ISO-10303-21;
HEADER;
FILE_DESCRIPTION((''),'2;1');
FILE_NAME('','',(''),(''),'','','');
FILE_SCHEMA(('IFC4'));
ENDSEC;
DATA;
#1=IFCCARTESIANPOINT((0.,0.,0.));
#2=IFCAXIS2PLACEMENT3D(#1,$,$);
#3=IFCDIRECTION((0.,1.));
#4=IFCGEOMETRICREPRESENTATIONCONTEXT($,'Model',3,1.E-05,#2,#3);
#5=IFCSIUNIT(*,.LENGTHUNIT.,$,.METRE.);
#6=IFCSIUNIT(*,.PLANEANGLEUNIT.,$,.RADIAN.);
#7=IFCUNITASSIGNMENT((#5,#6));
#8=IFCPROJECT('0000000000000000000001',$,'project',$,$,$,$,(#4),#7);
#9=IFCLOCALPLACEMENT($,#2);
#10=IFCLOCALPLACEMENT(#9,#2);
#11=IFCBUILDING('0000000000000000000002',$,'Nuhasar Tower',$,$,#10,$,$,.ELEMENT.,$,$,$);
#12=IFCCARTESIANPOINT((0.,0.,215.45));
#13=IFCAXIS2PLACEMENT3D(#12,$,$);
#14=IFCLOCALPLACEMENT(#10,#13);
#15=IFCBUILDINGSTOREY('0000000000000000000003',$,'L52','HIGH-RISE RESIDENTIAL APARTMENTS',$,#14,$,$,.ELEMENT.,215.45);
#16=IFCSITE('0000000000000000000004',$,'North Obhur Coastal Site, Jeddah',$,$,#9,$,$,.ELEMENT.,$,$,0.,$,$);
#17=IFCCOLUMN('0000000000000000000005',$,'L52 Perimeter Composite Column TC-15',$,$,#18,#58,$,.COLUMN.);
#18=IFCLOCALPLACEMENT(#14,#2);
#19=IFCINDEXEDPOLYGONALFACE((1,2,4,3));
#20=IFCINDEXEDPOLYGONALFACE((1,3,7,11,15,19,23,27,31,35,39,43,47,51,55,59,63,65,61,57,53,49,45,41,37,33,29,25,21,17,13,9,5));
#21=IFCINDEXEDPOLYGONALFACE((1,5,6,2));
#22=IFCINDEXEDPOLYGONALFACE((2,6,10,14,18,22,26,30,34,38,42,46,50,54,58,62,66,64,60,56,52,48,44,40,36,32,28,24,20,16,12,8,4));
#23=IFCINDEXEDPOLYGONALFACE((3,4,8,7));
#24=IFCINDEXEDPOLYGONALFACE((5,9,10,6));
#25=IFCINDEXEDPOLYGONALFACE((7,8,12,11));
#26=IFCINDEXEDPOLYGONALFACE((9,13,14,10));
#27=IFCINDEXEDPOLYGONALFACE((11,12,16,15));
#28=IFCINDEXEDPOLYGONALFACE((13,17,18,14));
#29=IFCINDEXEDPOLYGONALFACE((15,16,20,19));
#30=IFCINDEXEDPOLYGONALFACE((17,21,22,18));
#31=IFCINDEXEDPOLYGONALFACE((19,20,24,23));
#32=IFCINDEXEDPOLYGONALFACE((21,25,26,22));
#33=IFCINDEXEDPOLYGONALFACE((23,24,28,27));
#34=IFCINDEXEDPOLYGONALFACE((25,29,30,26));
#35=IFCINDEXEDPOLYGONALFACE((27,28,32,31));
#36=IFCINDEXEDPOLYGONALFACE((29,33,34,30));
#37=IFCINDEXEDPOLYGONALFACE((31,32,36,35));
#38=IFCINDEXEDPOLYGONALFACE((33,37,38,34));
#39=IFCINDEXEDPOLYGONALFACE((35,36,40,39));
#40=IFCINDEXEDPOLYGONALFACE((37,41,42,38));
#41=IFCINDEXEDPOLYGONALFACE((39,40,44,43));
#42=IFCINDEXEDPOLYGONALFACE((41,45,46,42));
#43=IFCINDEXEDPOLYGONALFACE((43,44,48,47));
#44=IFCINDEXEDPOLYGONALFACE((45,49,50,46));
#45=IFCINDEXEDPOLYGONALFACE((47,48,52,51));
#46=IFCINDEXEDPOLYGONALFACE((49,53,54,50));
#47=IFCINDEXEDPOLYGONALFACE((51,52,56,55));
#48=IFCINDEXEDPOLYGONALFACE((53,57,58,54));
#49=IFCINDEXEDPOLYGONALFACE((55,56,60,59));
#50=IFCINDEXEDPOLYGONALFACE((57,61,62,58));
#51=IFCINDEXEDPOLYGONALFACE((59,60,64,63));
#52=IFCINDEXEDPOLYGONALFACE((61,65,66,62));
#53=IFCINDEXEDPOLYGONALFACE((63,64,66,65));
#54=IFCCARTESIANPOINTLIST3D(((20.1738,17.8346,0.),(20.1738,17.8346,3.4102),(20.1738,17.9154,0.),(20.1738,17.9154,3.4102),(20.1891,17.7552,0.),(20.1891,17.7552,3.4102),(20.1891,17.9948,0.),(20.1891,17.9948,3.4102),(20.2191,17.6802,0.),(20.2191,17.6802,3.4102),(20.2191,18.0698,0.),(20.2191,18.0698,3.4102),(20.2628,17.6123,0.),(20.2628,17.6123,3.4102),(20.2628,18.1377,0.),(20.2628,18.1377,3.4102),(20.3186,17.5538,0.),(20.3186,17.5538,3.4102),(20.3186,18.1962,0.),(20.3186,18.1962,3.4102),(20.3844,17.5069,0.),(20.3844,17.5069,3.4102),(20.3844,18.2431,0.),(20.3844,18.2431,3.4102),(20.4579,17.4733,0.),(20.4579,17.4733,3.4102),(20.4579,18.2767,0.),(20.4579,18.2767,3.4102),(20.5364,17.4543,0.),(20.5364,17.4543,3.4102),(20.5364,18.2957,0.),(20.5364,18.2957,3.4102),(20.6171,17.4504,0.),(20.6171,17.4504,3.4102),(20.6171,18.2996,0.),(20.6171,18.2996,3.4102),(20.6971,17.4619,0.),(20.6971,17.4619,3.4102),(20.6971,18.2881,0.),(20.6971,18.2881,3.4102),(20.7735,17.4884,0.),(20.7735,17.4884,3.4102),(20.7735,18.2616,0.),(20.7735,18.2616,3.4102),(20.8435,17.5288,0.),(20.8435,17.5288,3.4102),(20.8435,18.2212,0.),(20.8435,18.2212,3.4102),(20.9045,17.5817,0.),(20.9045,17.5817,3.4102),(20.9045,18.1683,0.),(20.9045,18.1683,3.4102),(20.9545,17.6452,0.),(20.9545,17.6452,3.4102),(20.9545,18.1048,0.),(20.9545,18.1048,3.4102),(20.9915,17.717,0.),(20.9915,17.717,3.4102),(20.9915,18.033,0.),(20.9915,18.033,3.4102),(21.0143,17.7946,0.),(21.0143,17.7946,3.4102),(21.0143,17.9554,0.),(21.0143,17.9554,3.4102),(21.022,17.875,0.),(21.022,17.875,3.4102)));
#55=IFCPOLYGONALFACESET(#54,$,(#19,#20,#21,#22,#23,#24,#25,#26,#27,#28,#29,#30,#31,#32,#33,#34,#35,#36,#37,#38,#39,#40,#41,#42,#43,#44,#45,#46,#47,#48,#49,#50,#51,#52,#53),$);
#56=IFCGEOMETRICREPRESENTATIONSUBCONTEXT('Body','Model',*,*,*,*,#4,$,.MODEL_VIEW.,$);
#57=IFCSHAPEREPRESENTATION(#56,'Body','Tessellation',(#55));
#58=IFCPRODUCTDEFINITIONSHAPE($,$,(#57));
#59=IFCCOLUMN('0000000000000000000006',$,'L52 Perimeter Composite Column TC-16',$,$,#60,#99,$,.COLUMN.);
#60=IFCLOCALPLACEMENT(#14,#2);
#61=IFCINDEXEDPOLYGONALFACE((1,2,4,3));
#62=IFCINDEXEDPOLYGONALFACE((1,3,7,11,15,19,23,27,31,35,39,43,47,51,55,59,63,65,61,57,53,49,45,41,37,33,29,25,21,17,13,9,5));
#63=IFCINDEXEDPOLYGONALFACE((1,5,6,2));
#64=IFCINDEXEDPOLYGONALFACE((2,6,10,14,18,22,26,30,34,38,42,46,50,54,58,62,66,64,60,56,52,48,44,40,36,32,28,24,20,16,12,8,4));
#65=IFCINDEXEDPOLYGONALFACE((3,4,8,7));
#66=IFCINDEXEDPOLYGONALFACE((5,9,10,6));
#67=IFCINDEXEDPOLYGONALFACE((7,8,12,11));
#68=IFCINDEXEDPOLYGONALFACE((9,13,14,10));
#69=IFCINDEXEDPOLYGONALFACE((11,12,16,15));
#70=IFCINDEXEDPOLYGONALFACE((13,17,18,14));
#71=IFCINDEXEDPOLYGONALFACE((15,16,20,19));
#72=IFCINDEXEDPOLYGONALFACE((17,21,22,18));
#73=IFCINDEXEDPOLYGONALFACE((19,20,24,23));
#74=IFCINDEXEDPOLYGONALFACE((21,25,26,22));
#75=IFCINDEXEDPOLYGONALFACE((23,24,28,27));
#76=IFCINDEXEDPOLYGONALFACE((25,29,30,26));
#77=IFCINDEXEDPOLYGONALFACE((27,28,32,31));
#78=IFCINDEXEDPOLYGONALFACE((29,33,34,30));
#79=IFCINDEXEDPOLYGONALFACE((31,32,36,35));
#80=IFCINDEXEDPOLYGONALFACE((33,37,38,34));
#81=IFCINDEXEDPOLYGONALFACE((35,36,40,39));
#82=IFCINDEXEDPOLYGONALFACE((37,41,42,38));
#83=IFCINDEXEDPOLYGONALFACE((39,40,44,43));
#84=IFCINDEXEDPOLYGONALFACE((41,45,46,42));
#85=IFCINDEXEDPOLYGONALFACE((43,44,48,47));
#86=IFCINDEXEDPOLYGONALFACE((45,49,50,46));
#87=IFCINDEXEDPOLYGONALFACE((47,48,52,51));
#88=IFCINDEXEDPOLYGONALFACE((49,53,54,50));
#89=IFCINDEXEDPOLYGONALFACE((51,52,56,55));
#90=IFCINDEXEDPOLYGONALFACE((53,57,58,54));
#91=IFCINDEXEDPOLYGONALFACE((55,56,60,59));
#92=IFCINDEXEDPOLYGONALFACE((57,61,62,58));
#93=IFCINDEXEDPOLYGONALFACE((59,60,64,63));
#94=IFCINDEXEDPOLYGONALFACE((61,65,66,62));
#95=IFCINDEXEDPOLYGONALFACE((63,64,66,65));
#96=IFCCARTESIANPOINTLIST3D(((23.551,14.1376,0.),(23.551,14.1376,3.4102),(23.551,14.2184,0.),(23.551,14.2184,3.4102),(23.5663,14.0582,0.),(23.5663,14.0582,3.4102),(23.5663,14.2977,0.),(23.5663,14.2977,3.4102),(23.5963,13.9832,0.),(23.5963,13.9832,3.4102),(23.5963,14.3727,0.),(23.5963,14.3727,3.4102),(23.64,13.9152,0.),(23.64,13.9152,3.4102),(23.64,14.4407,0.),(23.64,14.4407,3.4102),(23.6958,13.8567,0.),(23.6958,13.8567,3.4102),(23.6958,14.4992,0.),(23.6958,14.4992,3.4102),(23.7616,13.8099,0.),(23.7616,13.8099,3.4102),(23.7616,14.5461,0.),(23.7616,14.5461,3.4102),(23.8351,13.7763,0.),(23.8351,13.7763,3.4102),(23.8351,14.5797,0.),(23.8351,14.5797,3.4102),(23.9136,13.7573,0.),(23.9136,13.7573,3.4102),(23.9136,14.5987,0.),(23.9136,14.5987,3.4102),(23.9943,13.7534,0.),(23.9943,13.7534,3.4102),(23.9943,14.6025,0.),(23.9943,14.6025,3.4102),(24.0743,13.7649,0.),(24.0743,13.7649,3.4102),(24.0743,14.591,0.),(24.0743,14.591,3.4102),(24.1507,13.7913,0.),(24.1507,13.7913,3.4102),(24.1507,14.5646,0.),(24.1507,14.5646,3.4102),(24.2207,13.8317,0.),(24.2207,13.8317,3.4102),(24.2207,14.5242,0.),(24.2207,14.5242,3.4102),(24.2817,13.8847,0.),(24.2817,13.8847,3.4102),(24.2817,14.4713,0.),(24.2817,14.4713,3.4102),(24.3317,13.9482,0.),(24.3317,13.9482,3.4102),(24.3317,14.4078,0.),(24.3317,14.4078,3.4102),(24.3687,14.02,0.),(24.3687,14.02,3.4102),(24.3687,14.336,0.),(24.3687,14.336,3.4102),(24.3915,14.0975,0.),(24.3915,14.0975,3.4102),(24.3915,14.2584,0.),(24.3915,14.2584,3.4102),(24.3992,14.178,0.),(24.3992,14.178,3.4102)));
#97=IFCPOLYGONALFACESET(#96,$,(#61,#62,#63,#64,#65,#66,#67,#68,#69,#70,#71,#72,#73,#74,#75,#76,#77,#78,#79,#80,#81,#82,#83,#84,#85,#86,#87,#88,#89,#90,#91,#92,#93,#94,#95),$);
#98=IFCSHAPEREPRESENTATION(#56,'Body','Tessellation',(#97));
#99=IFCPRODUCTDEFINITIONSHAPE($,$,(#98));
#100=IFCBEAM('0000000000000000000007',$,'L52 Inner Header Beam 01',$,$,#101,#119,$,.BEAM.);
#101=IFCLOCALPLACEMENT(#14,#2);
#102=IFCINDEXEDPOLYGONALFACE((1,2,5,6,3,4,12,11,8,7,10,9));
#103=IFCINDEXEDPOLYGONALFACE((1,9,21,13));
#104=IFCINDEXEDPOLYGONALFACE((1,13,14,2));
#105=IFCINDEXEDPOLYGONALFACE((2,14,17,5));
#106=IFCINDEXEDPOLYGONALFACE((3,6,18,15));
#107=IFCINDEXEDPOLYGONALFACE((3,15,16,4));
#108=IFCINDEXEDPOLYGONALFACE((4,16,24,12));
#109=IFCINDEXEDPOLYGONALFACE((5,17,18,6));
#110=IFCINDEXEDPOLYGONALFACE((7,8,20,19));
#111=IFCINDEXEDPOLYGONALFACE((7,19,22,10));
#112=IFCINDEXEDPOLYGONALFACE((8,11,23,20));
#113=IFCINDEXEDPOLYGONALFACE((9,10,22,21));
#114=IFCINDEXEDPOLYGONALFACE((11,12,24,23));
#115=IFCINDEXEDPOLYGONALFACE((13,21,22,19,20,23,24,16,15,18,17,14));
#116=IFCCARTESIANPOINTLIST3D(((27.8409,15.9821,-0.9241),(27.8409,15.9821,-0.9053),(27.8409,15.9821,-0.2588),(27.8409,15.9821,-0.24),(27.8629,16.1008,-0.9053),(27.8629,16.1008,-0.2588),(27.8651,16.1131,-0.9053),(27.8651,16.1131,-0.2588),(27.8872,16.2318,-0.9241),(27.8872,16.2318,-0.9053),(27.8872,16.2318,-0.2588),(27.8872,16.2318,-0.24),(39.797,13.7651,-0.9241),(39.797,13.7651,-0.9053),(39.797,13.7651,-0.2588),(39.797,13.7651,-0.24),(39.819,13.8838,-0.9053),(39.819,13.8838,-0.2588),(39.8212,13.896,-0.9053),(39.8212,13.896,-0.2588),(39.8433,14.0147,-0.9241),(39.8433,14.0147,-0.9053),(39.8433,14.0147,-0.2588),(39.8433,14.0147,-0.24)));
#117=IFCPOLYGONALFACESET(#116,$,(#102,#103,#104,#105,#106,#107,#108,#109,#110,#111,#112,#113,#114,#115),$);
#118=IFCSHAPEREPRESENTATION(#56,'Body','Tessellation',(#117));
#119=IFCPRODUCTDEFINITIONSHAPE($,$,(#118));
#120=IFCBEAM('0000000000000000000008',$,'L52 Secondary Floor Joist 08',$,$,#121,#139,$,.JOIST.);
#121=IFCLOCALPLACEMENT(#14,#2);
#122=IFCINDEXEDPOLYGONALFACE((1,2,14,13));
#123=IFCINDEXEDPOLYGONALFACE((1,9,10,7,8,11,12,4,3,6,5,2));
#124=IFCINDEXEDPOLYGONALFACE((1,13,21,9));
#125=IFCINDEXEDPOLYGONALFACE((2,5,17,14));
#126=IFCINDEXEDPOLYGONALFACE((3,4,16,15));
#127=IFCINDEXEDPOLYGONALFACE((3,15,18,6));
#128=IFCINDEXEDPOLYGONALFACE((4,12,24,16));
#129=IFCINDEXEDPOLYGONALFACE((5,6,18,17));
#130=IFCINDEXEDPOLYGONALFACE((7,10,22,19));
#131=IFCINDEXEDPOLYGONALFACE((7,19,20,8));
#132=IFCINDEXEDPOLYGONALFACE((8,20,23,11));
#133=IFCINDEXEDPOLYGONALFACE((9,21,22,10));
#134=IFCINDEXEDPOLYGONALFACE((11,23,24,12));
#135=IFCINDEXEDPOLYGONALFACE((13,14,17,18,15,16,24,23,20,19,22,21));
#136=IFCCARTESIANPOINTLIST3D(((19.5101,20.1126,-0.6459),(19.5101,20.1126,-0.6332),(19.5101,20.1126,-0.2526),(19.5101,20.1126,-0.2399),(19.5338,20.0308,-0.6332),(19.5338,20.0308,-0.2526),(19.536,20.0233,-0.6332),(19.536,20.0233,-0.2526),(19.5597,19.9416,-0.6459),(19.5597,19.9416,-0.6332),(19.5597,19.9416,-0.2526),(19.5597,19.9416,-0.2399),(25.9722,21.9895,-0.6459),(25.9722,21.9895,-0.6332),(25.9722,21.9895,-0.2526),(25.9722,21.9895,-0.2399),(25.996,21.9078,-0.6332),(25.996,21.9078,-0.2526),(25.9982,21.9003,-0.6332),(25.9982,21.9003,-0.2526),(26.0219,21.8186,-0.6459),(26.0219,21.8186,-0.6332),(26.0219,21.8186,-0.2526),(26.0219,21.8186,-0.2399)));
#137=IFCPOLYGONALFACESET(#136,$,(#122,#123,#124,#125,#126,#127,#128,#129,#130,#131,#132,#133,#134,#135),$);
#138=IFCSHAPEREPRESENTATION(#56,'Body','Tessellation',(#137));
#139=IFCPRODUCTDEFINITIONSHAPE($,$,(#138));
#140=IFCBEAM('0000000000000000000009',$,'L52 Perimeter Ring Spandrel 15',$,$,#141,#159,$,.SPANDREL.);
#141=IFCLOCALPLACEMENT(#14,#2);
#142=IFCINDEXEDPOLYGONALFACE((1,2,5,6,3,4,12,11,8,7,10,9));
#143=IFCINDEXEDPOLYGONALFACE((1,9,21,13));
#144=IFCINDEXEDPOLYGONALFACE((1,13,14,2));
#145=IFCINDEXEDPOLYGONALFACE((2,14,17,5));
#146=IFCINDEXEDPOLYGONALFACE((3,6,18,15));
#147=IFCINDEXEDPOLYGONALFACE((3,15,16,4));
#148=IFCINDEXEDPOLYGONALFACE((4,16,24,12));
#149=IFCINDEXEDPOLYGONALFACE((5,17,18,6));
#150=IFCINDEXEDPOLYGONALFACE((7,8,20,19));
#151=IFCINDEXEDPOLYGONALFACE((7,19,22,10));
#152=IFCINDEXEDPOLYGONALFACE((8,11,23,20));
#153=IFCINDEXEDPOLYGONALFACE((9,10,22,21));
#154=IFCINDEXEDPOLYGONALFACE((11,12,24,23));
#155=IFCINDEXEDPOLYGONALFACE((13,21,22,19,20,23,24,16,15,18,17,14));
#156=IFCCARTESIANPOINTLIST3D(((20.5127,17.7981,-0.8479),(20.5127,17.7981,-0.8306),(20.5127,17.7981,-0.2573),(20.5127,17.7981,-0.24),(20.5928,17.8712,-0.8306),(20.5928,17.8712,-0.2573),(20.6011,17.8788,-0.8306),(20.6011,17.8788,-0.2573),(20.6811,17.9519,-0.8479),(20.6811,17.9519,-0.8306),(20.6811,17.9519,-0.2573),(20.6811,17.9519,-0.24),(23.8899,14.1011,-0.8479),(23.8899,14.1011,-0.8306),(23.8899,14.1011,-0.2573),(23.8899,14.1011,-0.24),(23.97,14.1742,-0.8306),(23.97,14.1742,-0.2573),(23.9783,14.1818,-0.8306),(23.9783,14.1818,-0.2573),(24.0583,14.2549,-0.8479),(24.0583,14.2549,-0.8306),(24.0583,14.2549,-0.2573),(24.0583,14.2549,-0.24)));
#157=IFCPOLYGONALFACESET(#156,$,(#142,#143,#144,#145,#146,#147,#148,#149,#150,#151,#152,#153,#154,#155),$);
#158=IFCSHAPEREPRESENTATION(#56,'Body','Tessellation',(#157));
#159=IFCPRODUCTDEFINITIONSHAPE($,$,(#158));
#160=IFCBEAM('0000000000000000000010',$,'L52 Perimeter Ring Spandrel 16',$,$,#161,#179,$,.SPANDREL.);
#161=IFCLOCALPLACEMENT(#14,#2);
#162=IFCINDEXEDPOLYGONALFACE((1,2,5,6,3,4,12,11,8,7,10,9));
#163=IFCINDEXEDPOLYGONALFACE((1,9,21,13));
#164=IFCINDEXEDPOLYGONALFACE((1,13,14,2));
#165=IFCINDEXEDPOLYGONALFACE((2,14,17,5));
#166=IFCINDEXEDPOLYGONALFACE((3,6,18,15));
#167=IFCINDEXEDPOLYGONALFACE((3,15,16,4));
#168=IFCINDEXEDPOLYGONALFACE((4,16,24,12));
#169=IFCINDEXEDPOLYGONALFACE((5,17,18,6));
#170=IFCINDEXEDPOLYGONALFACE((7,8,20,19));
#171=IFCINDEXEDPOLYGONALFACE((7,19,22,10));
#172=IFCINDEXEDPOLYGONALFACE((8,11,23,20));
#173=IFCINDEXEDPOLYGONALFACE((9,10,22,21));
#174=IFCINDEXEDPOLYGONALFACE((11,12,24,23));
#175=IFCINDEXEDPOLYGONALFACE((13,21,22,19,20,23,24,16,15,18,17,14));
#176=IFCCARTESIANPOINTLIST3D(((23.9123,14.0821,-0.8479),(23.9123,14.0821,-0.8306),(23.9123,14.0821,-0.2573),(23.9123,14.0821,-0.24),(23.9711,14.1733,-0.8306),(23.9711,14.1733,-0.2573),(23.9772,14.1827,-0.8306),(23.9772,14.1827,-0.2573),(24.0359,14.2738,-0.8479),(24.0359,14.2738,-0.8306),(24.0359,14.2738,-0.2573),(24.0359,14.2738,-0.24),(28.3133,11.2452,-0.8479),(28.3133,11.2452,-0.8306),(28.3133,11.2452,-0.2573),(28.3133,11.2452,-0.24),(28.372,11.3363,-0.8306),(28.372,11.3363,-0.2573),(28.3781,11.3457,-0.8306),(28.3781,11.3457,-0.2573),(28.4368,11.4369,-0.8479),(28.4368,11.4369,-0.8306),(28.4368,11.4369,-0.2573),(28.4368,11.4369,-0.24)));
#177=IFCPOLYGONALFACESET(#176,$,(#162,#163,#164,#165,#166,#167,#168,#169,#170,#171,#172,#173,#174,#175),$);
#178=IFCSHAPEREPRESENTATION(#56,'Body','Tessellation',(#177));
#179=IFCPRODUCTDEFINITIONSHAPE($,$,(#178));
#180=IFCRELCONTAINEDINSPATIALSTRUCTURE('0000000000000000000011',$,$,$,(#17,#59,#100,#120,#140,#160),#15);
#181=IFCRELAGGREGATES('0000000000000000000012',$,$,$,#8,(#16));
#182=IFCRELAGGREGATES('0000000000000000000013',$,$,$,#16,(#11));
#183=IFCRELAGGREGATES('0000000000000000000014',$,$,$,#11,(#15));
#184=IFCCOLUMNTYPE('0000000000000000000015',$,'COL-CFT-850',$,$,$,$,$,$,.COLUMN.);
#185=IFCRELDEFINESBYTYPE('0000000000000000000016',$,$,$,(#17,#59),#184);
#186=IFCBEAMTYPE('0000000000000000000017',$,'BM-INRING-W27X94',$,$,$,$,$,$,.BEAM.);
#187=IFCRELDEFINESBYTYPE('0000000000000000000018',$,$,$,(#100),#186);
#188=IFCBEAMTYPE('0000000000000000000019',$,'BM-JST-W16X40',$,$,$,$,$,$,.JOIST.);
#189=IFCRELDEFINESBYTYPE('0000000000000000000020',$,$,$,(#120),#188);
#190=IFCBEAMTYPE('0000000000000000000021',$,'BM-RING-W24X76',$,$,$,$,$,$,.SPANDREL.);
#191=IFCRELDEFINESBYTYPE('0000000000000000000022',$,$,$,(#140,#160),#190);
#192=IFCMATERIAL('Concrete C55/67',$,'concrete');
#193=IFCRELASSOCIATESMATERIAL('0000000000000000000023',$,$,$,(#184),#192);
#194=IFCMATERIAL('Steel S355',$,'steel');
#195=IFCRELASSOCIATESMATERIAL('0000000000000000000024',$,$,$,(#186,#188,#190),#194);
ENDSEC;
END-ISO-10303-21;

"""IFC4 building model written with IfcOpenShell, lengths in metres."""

from ifc_helpers import new_model, si_unit, direction, frame, origin, origin_2d, place, context, subcontext, project, spatial, circle, i_section, extrude, material, material_profile, profile_set, type_object, element, save


model = new_model("IFC4")

# Units and contexts
model_context = context("Model", 3, precision=1e-05, world=origin(), true_north=direction((0.0, 1.0)))
body_context = subcontext(model_context, "Body", "Model", "MODEL_VIEW")
ifc_project = project(units=[si_unit("LENGTHUNIT", "METRE"), si_unit("PLANEANGLEUNIT", "RADIAN")], contexts=[model_context])

# Site, building, storey
site_placement = place(None, origin())
site = spatial("IfcSite", under=ifc_project, at=site_placement, Name="North Obhur Coastal Site, Jeddah", CompositionType="ELEMENT", RefElevation=0.0)
building_placement = place(site_placement, origin())
building = spatial("IfcBuilding", under=site, at=building_placement, Name="Nuhasar Tower", CompositionType="ELEMENT")
storey_placement = place(building_placement, frame((0.0, 0.0, 215.45)))
storey = spatial("IfcBuildingStorey", under=building, at=storey_placement, Name="L52", Description="HIGH-RISE RESIDENTIAL APARTMENTS", CompositionType="ELEMENT", Elevation=215.45)

# Columns
ifc_material_1 = material(Name="Concrete C55/67", Category="concrete")
ifc_material_profile_1 = material_profile(ifc_material_1, circle(Radius=0.425, at=origin_2d()), Name="CFT850")
ifc_profile_set_1 = profile_set([ifc_material_profile_1], Name="Concrete C55/67")
column_type = type_object("IfcColumnType", Name="COL-CFT-850", PredefinedType="COLUMN", material=ifc_profile_set_1)
for number, where, z_axis, x_axis, name in (
    (1, (20.5969, 17.875, 0.0), (0.0, 0.0, 1.0), (1.0, 0.0, 0.0), "L52 Perimeter Composite Column TC-15"),
    (2, (23.9741, 14.178, 0.0), (0.0, 0.0, 1.0), (1.0, 0.0, 0.0), "L52 Perimeter Composite Column TC-16"),
):
    element("IfcColumn", number, at=place(storey_placement, frame(where, z_axis=z_axis, x_axis=x_axis)), inside=storey, type_object=column_type, Name=name, PredefinedType="COLUMN", context=body_context, shape_type="SweptSolid", body=[
        extrude(circle(Radius=0.425, at=origin_2d()), origin(), (0.0, 0.0, 1.0), 3.4102),
    ])

# Beams
ifc_material_2 = material(Name="Steel S355", Category="steel")
ifc_material_profile_2 = material_profile(ifc_material_2, i_section(OverallWidth=0.2539, OverallDepth=0.6841, WebThickness=0.0125, FlangeThickness=0.0188, at=origin_2d()), Name="W27X94")
ifc_profile_set_2 = profile_set([ifc_material_profile_2], Name="Steel S355")
beam_type_1 = type_object("IfcBeamType", Name="BM-INRING-W27X94", PredefinedType="BEAM", material=ifc_profile_set_2)
beam_1_placement = place(storey_placement, frame((27.864, 16.1069, -0.582), z_axis=(0.983238, -0.182324, 0.0), x_axis=(0.182324, 0.983238, 0.0)))
element("IfcBeam", 3, at=beam_1_placement, inside=storey, type_object=beam_type_1, Name="L52 Inner Header Beam 01", PredefinedType="BEAM", context=body_context, shape_type="SweptSolid", body=[
    extrude(i_section(OverallWidth=0.2539, OverallDepth=0.6841, WebThickness=0.0125, FlangeThickness=0.0188, at=origin_2d()), origin(), (0.0, 0.0, 1.0), 12.1599),
])
ifc_material_profile_3 = material_profile(ifc_material_2, i_section(OverallWidth=0.178, OverallDepth=0.406, WebThickness=0.0078, FlangeThickness=0.0127, at=origin_2d()), Name="W16X40")
ifc_profile_set_3 = profile_set([ifc_material_profile_3], Name="Steel S355")
beam_type_2 = type_object("IfcBeamType", Name="BM-JST-W16X40", PredefinedType="JOIST", material=ifc_profile_set_3)
beam_2_placement = place(storey_placement, frame((25.9971, 21.9041, -0.4429), z_axis=(-0.960313, -0.278926, 0.0), x_axis=(0.278926, -0.960313, 0.0)))
element("IfcBeam", 4, at=beam_2_placement, inside=storey, type_object=beam_type_2, Name="L52 Secondary Floor Joist 08", PredefinedType="JOIST", context=body_context, shape_type="SweptSolid", body=[
    extrude(i_section(OverallWidth=0.178, OverallDepth=0.406, WebThickness=0.0078, FlangeThickness=0.0127, at=origin_2d()), origin(), (0.0, 0.0, 1.0), 6.7292),
])
ifc_material_profile_4 = material_profile(ifc_material_2, i_section(OverallWidth=0.228, OverallDepth=0.6079, WebThickness=0.0112, FlangeThickness=0.0173, at=origin_2d()), Name="W24X76")
ifc_profile_set_4 = profile_set([ifc_material_profile_4], Name="Steel S355")
beam_type_3 = type_object("IfcBeamType", Name="BM-RING-W24X76", PredefinedType="SPANDREL", material=ifc_profile_set_4)
beam_3_placement = place(storey_placement, frame((20.5969, 17.875, -0.5439), z_axis=(0.67445, -0.738321, 0.0), x_axis=(0.738321, 0.67445, 0.0)))
element("IfcBeam", 5, at=beam_3_placement, inside=storey, type_object=beam_type_3, Name="L52 Perimeter Ring Spandrel 15", PredefinedType="SPANDREL", context=body_context, shape_type="SweptSolid", body=[
    extrude(i_section(OverallWidth=0.228, OverallDepth=0.6079, WebThickness=0.0112, FlangeThickness=0.0173, at=origin_2d()), origin(), (0.0, 0.0, 1.0), 5.0073),
])
beam_4_placement = place(storey_placement, frame((23.9741, 14.178, -0.5439), z_axis=(0.840502, -0.541808, 0.0), x_axis=(0.541808, 0.840502, 0.0)))
element("IfcBeam", 6, at=beam_4_placement, inside=storey, type_object=beam_type_3, Name="L52 Perimeter Ring Spandrel 16", PredefinedType="SPANDREL", context=body_context, shape_type="SweptSolid", body=[
    extrude(i_section(OverallWidth=0.228, OverallDepth=0.6079, WebThickness=0.0112, FlangeThickness=0.0173, at=origin_2d()), origin(), (0.0, 0.0, 1.0), 5.2361),
])

save(model, "model.ifc")
